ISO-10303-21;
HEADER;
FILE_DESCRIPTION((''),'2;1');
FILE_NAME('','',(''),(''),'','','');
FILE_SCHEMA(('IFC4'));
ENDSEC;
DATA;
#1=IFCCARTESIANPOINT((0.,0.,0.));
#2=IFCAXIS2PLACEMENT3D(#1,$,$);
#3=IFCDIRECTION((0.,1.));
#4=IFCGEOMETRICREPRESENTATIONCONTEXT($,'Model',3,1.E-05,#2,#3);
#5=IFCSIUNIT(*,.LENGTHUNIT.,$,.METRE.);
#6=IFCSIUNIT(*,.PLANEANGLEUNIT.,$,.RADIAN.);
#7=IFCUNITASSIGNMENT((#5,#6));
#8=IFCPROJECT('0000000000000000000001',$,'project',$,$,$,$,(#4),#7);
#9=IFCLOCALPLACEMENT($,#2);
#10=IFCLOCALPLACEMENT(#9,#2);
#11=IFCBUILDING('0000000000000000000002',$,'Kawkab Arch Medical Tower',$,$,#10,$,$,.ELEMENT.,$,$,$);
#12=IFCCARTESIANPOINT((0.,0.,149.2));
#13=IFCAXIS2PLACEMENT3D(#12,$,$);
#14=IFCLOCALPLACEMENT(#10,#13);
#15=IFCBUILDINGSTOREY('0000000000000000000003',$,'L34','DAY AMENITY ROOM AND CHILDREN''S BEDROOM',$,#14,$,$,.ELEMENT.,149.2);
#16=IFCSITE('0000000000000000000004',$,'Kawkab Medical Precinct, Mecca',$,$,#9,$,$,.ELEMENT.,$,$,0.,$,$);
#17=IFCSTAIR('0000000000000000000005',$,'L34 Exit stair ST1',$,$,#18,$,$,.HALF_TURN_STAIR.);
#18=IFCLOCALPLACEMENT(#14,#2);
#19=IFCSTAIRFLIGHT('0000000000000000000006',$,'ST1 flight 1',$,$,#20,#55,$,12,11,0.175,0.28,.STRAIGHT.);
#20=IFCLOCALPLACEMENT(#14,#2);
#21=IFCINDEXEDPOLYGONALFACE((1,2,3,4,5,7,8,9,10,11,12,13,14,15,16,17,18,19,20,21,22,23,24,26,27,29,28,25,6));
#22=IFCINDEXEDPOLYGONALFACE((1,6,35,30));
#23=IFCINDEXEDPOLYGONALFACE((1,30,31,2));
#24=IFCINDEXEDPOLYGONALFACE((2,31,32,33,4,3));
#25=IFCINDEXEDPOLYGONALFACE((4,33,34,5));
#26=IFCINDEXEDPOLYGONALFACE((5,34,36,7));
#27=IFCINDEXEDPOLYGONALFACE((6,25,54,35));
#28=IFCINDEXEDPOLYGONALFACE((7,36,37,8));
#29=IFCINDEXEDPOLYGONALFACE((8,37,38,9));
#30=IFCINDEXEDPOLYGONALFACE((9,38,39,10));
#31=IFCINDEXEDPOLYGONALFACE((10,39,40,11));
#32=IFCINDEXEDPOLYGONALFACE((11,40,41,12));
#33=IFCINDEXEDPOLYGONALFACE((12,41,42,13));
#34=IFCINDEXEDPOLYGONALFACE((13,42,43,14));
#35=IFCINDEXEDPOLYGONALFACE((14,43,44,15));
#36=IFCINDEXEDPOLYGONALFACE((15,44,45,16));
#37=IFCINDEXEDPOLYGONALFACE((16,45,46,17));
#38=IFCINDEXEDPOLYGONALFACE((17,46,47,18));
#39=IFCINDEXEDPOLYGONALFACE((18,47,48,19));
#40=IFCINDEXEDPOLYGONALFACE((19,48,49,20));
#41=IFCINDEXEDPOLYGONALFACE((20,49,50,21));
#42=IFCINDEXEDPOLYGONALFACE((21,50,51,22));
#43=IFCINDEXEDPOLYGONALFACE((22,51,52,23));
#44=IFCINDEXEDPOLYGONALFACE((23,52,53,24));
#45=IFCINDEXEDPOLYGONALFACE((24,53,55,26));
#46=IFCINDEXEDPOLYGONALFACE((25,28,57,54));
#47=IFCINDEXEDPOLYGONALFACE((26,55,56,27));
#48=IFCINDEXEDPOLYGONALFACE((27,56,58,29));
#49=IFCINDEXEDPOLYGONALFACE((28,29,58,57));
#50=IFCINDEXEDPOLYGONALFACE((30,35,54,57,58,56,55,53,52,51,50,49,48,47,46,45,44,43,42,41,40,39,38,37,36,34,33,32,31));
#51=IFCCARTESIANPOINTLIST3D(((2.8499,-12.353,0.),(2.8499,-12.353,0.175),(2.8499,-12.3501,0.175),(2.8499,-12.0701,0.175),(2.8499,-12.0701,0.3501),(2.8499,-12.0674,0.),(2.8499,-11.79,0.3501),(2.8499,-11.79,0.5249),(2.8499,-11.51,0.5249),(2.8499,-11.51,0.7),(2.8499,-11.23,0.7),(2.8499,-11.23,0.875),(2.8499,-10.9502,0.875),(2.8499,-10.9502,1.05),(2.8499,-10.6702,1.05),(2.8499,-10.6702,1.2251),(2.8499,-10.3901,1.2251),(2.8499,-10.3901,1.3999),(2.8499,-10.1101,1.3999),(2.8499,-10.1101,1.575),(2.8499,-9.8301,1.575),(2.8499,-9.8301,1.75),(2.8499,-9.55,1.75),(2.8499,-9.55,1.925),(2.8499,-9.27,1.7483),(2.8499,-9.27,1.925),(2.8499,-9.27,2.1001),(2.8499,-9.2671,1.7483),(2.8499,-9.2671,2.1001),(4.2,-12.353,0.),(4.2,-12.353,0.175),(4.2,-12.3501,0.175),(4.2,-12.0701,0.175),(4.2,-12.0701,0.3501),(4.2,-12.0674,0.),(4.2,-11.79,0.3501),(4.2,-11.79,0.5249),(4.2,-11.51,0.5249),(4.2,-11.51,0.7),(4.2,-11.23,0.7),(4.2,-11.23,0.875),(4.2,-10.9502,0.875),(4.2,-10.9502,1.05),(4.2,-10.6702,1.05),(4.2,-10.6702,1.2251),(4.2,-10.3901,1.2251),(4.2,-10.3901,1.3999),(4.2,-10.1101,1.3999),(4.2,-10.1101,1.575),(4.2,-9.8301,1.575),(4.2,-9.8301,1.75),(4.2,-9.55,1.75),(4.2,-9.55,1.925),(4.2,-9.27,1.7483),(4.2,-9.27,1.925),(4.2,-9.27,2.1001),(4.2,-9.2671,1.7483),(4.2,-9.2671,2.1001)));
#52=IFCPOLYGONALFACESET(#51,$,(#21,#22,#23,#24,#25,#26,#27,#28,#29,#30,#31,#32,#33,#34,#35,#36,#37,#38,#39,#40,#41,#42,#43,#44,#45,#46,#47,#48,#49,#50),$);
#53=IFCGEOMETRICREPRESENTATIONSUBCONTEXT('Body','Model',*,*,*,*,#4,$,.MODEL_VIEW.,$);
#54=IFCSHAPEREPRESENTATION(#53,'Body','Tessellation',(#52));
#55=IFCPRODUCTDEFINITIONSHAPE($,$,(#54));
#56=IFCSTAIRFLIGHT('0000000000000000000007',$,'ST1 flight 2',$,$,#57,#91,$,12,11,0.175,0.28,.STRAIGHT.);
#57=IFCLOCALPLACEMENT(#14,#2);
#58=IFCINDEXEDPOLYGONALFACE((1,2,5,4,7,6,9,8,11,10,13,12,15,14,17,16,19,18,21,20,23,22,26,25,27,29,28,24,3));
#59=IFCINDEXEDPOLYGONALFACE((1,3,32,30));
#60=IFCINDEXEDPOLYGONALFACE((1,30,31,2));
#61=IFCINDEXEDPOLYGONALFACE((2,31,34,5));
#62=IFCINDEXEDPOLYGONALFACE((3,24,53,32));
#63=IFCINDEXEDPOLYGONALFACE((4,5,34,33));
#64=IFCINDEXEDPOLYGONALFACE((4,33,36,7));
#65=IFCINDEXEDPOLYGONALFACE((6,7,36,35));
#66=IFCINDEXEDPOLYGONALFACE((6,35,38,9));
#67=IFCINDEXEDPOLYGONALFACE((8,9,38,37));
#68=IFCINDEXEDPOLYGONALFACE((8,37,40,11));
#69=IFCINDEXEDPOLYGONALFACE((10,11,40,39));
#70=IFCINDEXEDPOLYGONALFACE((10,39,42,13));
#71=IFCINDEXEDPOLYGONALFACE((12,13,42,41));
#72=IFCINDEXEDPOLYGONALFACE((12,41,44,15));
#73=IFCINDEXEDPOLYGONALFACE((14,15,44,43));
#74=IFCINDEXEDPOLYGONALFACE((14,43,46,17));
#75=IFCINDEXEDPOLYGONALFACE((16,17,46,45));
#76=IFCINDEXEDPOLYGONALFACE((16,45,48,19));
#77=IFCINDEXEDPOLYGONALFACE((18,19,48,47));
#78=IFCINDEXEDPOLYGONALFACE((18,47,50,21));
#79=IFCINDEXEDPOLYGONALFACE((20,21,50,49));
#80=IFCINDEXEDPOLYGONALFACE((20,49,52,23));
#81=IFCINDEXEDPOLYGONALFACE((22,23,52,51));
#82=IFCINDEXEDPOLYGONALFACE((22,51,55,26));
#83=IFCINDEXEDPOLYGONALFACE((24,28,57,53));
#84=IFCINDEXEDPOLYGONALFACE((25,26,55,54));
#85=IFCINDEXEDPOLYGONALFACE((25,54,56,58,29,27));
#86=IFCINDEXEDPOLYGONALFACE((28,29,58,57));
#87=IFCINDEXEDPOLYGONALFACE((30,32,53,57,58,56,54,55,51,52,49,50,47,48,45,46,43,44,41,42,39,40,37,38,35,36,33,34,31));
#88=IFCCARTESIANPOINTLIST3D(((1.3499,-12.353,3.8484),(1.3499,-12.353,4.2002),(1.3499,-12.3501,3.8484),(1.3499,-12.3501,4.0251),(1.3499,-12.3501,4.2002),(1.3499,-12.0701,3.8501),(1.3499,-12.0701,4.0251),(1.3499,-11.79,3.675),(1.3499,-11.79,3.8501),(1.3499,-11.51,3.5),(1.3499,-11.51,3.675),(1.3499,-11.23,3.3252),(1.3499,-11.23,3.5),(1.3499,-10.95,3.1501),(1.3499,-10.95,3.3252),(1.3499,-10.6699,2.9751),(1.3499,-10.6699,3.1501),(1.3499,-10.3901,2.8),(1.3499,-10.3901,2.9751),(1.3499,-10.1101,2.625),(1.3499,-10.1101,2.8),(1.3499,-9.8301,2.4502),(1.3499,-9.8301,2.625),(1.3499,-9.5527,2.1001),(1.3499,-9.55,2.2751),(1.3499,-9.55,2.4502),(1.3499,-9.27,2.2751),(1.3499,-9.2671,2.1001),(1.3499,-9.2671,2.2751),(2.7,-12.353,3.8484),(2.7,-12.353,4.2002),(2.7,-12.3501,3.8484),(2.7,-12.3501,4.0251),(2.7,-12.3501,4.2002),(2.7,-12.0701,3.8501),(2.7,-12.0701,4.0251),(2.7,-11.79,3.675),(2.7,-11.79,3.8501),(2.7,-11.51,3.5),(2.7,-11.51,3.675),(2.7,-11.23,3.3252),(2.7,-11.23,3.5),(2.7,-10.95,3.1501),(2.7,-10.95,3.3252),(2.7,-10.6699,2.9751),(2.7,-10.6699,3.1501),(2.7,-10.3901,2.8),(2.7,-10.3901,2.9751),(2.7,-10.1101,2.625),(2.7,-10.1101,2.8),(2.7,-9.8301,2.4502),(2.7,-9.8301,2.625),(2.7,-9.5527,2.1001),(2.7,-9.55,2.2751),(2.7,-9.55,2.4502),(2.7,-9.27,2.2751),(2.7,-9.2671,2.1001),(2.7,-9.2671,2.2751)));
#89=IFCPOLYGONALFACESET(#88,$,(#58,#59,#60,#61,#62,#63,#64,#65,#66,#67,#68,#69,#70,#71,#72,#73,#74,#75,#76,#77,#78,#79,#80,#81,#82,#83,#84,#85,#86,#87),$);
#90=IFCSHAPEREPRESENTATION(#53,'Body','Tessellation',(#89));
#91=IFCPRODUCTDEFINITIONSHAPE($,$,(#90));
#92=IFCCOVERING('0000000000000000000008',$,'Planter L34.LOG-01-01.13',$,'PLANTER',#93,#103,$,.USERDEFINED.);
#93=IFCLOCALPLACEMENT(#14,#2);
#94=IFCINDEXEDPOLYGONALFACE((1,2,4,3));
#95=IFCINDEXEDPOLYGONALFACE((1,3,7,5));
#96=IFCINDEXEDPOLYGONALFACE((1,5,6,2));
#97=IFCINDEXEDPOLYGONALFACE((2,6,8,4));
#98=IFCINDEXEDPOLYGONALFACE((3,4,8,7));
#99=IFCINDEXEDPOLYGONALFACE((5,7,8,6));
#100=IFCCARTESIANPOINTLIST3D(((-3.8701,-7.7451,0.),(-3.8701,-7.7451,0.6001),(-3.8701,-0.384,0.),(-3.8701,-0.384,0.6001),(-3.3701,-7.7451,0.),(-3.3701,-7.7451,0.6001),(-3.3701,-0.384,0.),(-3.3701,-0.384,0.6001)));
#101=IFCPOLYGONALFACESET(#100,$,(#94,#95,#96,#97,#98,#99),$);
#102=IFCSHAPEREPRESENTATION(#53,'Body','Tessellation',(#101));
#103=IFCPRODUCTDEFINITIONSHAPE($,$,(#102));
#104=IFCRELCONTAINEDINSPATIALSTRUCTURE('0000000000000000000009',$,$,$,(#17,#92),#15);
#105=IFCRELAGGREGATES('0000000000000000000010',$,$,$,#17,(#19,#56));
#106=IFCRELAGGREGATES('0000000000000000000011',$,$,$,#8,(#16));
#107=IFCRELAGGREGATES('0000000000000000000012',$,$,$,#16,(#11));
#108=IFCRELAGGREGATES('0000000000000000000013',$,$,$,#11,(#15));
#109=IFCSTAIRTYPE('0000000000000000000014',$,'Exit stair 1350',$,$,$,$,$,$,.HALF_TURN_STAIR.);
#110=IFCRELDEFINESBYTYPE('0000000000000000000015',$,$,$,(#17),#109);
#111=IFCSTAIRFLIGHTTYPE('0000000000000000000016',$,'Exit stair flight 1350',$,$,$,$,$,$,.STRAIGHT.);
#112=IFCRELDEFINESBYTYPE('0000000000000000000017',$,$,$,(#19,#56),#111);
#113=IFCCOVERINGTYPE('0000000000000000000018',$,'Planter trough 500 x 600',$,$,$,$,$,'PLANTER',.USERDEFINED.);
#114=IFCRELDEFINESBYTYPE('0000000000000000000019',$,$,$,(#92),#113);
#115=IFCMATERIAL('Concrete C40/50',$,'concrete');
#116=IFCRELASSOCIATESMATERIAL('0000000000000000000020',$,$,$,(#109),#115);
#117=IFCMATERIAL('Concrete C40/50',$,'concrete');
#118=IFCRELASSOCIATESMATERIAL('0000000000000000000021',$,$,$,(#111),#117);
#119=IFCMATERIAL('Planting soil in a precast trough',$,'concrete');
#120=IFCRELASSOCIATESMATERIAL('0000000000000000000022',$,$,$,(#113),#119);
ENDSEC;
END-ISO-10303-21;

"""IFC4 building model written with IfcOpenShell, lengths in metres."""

from ifc_helpers import new_model, si_unit, direction, frame, origin, origin_2d, place, context, subcontext, project, spatial, polyline, rectangle, outline, extrude, material, material_profile, profile_set, type_object, element, aggregate, save


model = new_model("IFC4")

# Units and contexts
model_context = context("Model", 3, precision=1e-05, world=origin(), true_north=direction((0.0, 1.0)))
body_context = subcontext(model_context, "Body", "Model", "MODEL_VIEW")
ifc_project = project(units=[si_unit("LENGTHUNIT", "METRE"), si_unit("PLANEANGLEUNIT", "RADIAN")], contexts=[model_context])

# Site, building, storey
site_placement = place(None, origin())
site = spatial("IfcSite", under=ifc_project, at=site_placement, Name="Kawkab Medical Precinct, Mecca", CompositionType="ELEMENT", RefElevation=0.0)
building_placement = place(site_placement, origin())
building = spatial("IfcBuilding", under=site, at=building_placement, Name="Kawkab Arch Medical Tower", CompositionType="ELEMENT")
storey_placement = place(building_placement, frame((0.0, 0.0, 149.2)))
storey = spatial("IfcBuildingStorey", under=building, at=storey_placement, Name="L34", Description="DAY AMENITY ROOM AND CHILDREN'S BEDROOM", CompositionType="ELEMENT", Elevation=149.2)

# Shared definitions
placement = place(storey_placement, origin())

# Stair, stair flights
ifc_material_1 = material(Name="Concrete C40/50", Category="concrete")
stair_type = type_object("IfcStairType", Name="Exit stair 1350", PredefinedType="HALF_TURN_STAIR", material=ifc_material_1)
stair = element("IfcStair", 1, at=placement, inside=storey, type_object=stair_type, Name="L34 Exit stair ST1", PredefinedType="HALF_TURN_STAIR")
ifc_material_2 = material(Name="Concrete C40/50", Category="concrete")
stair_flight_type = type_object("IfcStairFlightType", Name="Exit stair flight 1350", PredefinedType="STRAIGHT", material=ifc_material_2)
stair_flight_1_placement = place(storey_placement, frame((3.5249, -12.3501, 0.0), z_axis=(0.0, 0.0, 1.0), x_axis=(0.0, 1.0, 0.0)))
stair_flight_1 = element("IfcStairFlight", 2, at=stair_flight_1_placement, type_object=stair_flight_type, Name="ST1 flight 1", NumberOfRisers=12, NumberOfTreads=11, PredefinedType="STRAIGHT", RiserHeight=0.175, TreadLength=0.28, context=body_context, shape_type="SweptSolid", body=[
    extrude(outline(polyline([(-0.0029, 0.0), (-0.0029, 0.175), (0.0, 0.175), (0.28, 0.175), (0.28, 0.3501), (0.5601, 0.3501), (0.5601, 0.5249), (0.8401, 0.5249), (0.8401, 0.7), (1.1201, 0.7), (1.1201, 0.875), (1.3999, 0.875), (1.3999, 1.05), (1.6799, 1.05), (1.6799, 1.2251), (1.96, 1.2251), (1.96, 1.3999), (2.24, 1.3999), (2.24, 1.575), (2.52, 1.575), (2.52, 1.75), (2.8, 1.75), (2.8, 1.925), (3.0801, 1.925), (3.0801, 2.1001), (3.083, 2.1001), (3.083, 1.7483), (3.0801, 1.7483), (0.2827, 0.0), (-0.0029, 0.0)])), frame((0.0, 0.675, 0.0), z_axis=(0.0, -1.0, 0.0), x_axis=(1.0, 0.0, 0.0)), (0.0, 0.0, 1.0), 1.3501),
])
stair_flight_2_placement = place(storey_placement, frame((2.0249, -9.27, 2.1001), z_axis=(0.0, 0.0, 1.0), x_axis=(0.0, -1.0, 0.0)))
stair_flight_2 = element("IfcStairFlight", 3, at=stair_flight_2_placement, type_object=stair_flight_type, Name="ST1 flight 2", NumberOfRisers=12, NumberOfTreads=11, PredefinedType="STRAIGHT", RiserHeight=0.175, TreadLength=0.28, context=body_context, shape_type="SweptSolid", body=[
    extrude(outline(polyline([(-0.0029, 0.0), (-0.0029, 0.175), (0.0, 0.175), (0.28, 0.175), (0.28, 0.3501), (0.5601, 0.3501), (0.5601, 0.5249), (0.8401, 0.5249), (0.8401, 0.7), (1.1201, 0.7), (1.1201, 0.875), (1.3999, 0.875), (1.3999, 1.05), (1.6799, 1.05), (1.6799, 1.2251), (1.96, 1.2251), (1.96, 1.3999), (2.24, 1.3999), (2.24, 1.575), (2.52, 1.575), (2.52, 1.75), (2.8, 1.75), (2.8, 1.925), (3.0801, 1.925), (3.0801, 2.1001), (3.083, 2.1001), (3.083, 1.7483), (3.0801, 1.7483), (0.2827, 0.0), (-0.0029, 0.0)])), frame((0.0, 0.675, 0.0), z_axis=(0.0, -1.0, 0.0), x_axis=(1.0, 0.0, 0.0)), (0.0, 0.0, 1.0), 1.3501),
])
aggregate(stair, [stair_flight_1, stair_flight_2])

# Covering
ifc_material_3 = material(Name="Planting soil in a precast trough", Category="concrete")
ifc_material_profile_1 = material_profile(ifc_material_3, rectangle(XDim=0.5, YDim=0.6001, at=origin_2d()), Name="Trough 500x600")
ifc_profile_set_1 = profile_set([ifc_material_profile_1], Name="Planting soil in a precast trough")
covering_type = type_object("IfcCoveringType", Name="Planter trough 500 x 600", ElementType="PLANTER", PredefinedType="USERDEFINED", material=ifc_profile_set_1)
covering_placement = place(storey_placement, frame((-3.6201, -7.7451, 0.3), z_axis=(0.0, 1.0, 0.0), x_axis=(-1.0, 0.0, 0.0)))
element("IfcCovering", 4, at=covering_placement, inside=storey, type_object=covering_type, Name="Planter L34.LOG-01-01.13", ObjectType="PLANTER", PredefinedType="USERDEFINED", context=body_context, shape_type="SweptSolid", body=[
    extrude(rectangle(XDim=0.5, YDim=0.6001, at=origin_2d()), origin(), (0.0, 0.0, 1.0), 7.3611),
])

save(model, "model.ifc")
